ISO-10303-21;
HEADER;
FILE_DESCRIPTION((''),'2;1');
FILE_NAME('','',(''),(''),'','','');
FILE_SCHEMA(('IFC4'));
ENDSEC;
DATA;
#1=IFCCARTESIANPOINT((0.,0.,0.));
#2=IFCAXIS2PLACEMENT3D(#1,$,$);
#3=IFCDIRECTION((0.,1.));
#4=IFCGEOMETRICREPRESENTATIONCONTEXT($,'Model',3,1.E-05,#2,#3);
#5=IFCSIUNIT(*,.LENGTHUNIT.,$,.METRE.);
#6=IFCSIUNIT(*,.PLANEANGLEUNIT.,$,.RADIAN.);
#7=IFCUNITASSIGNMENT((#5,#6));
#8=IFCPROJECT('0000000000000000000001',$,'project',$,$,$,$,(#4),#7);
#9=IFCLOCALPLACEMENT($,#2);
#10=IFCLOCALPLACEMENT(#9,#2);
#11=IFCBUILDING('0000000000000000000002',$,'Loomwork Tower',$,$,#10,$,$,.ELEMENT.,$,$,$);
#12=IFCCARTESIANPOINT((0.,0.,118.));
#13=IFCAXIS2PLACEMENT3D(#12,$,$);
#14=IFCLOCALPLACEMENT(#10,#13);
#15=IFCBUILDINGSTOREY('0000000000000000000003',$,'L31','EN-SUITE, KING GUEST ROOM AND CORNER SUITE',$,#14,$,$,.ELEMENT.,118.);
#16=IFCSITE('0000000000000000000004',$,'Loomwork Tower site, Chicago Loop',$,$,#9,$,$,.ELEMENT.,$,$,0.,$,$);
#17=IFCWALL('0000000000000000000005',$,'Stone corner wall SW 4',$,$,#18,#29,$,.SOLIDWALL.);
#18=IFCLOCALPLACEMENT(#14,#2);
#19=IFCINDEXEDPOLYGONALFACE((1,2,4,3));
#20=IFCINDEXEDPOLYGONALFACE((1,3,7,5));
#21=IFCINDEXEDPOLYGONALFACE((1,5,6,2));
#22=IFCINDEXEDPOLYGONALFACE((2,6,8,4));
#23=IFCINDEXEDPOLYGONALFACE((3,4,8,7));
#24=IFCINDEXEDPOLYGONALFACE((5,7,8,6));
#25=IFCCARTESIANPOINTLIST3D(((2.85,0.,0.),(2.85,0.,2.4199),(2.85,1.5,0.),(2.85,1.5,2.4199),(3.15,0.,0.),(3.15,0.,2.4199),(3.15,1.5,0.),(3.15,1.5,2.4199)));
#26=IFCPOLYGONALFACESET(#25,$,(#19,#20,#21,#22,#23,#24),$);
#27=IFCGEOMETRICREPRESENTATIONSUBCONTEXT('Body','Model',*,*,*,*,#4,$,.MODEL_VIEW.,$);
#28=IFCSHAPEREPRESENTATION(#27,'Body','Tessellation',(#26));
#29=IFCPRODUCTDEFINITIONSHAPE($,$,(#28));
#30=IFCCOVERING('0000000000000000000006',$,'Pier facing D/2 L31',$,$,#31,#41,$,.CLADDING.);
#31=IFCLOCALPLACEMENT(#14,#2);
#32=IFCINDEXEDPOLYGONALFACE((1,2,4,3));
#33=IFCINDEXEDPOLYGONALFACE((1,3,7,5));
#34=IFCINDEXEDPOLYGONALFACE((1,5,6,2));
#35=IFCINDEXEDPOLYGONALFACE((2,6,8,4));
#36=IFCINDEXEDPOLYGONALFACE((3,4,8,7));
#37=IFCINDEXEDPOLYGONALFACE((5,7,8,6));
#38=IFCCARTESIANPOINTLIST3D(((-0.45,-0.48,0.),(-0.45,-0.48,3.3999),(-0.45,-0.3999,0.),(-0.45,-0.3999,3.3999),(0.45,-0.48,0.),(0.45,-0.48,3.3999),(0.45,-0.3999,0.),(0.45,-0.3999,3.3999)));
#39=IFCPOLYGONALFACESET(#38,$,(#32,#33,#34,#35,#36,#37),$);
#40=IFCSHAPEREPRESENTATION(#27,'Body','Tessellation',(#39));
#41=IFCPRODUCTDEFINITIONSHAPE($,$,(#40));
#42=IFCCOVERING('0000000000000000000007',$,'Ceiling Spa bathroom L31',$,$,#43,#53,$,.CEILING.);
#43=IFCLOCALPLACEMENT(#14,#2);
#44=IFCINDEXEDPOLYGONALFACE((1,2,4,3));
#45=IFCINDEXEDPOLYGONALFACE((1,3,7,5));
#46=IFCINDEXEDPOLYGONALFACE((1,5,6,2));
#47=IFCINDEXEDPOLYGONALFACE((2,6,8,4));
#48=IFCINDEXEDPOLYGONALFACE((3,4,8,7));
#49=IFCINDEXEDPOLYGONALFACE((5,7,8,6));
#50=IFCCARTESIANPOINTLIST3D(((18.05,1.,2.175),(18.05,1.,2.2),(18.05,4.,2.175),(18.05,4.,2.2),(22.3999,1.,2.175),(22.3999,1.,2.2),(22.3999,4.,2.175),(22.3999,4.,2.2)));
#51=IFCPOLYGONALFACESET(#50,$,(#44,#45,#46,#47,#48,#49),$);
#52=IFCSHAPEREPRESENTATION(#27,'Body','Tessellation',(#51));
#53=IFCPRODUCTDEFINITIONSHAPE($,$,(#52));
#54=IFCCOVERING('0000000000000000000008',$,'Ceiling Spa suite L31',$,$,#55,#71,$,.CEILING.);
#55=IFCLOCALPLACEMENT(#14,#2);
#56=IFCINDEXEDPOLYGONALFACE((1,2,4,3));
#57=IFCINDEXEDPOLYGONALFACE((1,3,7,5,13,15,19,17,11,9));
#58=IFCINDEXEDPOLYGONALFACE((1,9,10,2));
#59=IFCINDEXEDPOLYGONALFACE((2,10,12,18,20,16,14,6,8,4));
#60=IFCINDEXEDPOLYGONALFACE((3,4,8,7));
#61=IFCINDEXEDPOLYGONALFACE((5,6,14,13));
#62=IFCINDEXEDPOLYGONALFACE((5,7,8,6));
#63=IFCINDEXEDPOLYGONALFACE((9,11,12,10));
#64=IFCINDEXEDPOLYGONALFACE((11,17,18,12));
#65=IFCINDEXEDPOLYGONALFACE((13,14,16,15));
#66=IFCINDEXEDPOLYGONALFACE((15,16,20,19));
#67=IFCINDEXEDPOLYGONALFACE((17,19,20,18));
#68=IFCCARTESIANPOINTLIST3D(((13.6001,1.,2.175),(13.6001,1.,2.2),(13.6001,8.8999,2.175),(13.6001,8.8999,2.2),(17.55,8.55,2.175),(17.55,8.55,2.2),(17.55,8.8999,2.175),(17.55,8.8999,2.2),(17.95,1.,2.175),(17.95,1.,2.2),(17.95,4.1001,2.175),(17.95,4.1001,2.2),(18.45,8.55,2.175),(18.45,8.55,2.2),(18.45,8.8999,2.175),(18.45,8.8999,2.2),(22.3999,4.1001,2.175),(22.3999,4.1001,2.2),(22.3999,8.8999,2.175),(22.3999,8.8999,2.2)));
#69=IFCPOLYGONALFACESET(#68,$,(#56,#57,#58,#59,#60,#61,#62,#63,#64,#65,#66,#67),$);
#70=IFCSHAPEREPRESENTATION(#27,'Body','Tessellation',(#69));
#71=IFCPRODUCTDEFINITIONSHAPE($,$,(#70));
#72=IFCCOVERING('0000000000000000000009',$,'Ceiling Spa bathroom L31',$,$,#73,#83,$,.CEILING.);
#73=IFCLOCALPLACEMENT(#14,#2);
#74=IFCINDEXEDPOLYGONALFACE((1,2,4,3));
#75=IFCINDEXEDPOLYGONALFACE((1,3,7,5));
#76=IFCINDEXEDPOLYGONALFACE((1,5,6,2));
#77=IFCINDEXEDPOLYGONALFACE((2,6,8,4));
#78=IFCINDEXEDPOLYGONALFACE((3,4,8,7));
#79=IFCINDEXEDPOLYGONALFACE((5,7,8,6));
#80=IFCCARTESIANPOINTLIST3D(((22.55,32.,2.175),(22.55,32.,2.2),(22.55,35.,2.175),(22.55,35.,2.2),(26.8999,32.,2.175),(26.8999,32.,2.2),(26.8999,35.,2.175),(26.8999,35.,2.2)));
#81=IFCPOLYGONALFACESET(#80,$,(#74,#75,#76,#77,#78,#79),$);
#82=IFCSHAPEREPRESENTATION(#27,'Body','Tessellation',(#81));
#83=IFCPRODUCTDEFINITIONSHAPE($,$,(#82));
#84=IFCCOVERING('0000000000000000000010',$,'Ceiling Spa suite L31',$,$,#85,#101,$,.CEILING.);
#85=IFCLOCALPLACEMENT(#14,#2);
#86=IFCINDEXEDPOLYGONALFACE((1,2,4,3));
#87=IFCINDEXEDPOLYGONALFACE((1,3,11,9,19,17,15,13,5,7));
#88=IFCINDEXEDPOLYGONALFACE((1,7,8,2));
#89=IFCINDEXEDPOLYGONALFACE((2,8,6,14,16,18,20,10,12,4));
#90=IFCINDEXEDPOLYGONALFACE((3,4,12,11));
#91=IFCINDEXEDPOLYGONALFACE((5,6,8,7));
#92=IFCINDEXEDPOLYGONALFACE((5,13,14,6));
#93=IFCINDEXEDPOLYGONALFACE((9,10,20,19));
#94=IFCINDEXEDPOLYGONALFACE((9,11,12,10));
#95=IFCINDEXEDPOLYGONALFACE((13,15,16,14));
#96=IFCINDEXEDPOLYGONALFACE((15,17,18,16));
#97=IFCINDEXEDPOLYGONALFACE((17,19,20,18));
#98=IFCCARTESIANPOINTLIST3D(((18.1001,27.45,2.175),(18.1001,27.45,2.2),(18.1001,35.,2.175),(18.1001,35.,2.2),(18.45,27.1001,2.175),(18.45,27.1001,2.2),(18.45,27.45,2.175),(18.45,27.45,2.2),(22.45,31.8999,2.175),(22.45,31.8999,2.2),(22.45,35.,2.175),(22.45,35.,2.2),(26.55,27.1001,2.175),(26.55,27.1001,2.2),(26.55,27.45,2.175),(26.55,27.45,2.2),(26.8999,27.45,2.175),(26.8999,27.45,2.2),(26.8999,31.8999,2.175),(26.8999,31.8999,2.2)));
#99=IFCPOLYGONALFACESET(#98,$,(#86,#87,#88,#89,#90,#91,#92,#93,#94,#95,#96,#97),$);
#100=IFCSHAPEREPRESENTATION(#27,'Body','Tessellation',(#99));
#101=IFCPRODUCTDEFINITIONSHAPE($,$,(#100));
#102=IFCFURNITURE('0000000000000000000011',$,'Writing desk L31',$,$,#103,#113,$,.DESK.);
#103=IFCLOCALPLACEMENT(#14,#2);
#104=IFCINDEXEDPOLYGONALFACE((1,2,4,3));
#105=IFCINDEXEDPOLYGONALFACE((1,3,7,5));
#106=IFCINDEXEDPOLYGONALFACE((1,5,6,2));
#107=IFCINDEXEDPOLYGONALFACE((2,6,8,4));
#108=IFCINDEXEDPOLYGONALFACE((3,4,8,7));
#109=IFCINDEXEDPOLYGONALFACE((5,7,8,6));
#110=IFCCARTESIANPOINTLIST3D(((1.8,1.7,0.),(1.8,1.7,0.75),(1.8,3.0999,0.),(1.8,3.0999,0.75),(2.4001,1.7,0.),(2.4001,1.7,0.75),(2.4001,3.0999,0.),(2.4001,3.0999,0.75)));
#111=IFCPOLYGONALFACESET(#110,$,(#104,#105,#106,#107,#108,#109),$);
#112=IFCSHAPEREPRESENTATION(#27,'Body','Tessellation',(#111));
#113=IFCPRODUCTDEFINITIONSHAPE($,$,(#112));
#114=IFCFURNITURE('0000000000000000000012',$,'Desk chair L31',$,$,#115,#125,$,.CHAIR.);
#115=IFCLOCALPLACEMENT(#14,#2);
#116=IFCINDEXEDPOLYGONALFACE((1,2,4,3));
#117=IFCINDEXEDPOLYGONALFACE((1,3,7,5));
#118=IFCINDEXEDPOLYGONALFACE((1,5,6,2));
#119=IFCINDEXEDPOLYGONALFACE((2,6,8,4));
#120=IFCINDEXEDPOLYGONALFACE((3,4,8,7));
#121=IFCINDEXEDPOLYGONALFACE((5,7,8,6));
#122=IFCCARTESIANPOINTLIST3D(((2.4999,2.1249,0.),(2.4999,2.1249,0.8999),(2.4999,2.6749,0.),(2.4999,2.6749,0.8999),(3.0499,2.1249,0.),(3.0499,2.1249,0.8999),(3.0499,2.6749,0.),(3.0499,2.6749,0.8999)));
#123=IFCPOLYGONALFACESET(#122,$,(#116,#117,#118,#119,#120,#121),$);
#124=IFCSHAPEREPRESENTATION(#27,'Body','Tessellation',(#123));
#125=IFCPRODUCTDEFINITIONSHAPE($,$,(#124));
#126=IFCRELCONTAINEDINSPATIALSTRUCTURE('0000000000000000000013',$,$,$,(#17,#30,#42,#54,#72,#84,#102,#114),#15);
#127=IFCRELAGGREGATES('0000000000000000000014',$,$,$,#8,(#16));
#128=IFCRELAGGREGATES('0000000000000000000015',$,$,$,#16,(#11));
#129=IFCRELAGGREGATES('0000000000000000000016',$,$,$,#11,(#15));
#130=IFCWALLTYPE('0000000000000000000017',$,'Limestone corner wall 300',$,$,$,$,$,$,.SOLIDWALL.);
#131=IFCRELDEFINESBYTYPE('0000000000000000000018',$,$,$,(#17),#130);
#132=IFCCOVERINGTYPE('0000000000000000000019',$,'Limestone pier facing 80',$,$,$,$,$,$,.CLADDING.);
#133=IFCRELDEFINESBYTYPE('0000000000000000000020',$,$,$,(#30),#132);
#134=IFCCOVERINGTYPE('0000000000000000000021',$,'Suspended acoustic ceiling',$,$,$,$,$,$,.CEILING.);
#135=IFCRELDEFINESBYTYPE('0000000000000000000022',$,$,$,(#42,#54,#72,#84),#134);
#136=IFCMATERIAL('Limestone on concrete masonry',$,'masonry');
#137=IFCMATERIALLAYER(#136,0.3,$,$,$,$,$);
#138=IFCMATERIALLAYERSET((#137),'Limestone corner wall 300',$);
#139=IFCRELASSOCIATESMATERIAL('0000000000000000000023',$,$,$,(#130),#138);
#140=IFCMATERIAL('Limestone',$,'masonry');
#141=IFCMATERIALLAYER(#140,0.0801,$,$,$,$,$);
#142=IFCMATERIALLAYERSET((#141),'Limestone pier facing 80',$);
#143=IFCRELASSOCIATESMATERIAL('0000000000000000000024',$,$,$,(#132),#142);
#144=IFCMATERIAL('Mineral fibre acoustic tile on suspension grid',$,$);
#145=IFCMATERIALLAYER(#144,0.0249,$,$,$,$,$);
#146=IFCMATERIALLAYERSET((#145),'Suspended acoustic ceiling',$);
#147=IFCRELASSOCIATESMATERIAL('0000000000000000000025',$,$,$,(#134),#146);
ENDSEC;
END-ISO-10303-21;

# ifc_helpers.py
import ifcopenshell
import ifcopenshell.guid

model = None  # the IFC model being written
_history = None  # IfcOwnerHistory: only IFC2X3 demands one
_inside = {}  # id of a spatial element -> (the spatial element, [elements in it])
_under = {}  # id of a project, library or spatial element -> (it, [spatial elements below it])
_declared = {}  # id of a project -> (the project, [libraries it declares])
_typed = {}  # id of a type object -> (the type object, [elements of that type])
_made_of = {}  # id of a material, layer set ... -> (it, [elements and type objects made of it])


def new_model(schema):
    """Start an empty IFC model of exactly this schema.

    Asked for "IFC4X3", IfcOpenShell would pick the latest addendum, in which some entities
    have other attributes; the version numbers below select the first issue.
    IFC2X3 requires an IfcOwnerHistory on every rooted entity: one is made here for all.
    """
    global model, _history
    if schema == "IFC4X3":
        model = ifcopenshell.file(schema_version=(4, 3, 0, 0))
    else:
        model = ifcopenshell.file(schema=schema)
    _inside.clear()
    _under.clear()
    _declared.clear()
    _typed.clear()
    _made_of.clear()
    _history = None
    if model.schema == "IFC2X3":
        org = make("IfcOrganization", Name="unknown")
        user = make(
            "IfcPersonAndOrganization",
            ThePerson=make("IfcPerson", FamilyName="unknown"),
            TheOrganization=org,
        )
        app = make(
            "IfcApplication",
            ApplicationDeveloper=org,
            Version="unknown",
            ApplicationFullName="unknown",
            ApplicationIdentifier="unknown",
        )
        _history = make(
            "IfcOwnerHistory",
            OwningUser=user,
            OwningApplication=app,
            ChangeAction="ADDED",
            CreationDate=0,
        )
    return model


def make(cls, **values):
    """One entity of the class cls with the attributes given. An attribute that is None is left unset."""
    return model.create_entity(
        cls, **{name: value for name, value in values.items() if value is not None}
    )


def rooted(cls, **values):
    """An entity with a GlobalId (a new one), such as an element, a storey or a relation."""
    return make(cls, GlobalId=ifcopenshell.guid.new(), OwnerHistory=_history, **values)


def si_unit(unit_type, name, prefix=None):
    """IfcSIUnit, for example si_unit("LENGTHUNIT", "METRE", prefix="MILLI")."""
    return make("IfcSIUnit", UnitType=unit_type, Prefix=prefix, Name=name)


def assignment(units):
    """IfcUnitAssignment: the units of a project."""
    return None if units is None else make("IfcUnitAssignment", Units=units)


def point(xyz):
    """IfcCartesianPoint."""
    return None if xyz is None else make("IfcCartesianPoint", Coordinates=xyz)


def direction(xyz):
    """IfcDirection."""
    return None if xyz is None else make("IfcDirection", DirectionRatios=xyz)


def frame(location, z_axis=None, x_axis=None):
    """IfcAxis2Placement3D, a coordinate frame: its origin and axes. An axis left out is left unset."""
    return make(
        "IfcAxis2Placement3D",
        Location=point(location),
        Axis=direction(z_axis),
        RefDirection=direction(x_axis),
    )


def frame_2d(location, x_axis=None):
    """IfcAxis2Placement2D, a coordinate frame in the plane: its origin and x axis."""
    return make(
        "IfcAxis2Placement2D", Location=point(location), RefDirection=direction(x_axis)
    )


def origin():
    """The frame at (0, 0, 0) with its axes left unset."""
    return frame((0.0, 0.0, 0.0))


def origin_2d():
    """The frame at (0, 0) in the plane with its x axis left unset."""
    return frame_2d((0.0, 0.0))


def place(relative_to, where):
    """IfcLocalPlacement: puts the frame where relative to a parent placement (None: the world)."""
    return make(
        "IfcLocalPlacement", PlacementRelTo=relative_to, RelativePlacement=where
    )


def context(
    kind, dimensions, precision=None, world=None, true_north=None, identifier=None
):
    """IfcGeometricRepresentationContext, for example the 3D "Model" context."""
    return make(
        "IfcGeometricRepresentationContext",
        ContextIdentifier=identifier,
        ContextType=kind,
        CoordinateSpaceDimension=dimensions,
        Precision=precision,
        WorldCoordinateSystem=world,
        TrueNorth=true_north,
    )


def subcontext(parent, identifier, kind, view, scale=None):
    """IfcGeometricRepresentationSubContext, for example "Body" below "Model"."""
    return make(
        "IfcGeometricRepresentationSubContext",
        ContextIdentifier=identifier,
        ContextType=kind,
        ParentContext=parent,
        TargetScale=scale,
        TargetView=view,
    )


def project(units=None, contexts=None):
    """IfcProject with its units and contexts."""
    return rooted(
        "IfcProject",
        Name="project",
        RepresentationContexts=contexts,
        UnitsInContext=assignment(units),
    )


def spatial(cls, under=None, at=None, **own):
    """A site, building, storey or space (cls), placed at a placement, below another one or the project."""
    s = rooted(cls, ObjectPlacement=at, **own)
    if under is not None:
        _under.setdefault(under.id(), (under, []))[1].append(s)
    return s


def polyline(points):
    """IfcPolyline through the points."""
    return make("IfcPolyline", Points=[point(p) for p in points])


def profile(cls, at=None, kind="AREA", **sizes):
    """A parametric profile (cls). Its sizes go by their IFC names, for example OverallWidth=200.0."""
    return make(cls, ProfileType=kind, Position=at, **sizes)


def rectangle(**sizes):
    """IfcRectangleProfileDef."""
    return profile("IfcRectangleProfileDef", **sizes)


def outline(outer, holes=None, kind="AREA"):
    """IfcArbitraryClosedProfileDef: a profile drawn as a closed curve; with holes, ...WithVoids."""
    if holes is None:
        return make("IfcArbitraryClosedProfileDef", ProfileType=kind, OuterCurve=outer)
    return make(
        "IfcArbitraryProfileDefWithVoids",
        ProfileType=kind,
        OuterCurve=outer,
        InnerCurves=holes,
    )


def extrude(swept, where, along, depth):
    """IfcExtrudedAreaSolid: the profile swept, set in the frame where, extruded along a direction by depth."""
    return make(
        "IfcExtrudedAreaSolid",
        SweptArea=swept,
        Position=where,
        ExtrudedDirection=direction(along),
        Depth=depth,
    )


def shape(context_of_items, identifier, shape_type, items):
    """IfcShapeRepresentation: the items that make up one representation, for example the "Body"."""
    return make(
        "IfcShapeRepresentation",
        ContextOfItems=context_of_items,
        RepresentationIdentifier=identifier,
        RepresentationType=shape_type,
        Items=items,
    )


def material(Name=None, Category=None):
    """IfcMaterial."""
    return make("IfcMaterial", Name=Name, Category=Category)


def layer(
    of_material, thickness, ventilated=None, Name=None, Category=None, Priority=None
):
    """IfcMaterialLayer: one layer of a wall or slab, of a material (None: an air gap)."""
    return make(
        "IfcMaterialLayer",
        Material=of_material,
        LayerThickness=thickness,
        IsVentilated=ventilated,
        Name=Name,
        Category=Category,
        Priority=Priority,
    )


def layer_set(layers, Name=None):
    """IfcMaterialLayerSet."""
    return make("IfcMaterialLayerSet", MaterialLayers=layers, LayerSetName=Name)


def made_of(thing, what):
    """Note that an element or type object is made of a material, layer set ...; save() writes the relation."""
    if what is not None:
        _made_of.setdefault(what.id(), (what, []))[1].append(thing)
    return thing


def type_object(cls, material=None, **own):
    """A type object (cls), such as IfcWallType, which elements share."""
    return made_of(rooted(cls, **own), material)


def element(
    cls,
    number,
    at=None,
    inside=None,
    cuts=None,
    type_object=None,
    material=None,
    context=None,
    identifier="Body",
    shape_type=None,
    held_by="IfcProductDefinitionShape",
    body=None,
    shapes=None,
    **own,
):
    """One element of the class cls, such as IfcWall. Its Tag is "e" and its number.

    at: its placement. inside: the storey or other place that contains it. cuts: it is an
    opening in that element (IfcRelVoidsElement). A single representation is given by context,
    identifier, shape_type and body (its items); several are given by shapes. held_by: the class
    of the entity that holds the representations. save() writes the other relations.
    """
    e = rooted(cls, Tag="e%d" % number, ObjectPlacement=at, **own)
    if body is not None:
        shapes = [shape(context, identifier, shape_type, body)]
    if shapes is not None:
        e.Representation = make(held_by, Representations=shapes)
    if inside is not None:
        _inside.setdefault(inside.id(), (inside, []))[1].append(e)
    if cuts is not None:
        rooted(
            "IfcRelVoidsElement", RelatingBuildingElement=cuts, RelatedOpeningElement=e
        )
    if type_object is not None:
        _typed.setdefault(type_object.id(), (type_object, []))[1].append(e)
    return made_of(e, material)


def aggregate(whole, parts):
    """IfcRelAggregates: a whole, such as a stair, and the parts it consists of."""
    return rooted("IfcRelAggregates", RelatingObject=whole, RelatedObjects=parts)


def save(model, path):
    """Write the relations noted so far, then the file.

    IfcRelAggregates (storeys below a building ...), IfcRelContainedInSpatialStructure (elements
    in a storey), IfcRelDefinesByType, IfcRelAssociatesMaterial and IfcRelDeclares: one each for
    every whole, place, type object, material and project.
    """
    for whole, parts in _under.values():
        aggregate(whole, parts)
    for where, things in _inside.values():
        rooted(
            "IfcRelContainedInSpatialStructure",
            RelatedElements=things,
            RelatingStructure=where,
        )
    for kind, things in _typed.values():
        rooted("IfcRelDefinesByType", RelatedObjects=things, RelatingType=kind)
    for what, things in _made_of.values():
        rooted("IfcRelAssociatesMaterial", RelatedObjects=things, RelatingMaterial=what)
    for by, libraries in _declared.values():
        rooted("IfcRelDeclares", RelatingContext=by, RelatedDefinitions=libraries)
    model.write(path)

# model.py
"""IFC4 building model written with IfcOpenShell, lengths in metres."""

from ifc_helpers import new_model, si_unit, direction, frame, frame_2d, origin, origin_2d, place, context, subcontext, project, spatial, polyline, rectangle, outline, extrude, material, layer, layer_set, type_object, element, save


model = new_model("IFC4")

# Units and contexts
model_context = context("Model", 3, precision=1e-05, world=origin(), true_north=direction((0.0, 1.0)))
body_context = subcontext(model_context, "Body", "Model", "MODEL_VIEW")
ifc_project = project(units=[si_unit("LENGTHUNIT", "METRE"), si_unit("PLANEANGLEUNIT", "RADIAN")], contexts=[model_context])

# Site, building, storey
site_placement = place(None, origin())
site = spatial("IfcSite", under=ifc_project, at=site_placement, Name="Loomwork Tower site, Chicago Loop", CompositionType="ELEMENT", RefElevation=0.0)
building_placement = place(site_placement, origin())
building = spatial("IfcBuilding", under=site, at=building_placement, Name="Loomwork Tower", CompositionType="ELEMENT")
storey_placement = place(building_placement, frame((0.0, 0.0, 118.0)))
storey = spatial("IfcBuildingStorey", under=building, at=storey_placement, Name="L31", Description="EN-SUITE, KING GUEST ROOM AND CORNER SUITE", CompositionType="ELEMENT", Elevation=118.0)

# Shared definitions
ifc_material_1 = material(Name="Limestone on concrete masonry", Category="masonry")
ifc_layer_1 = layer(ifc_material_1, 0.3)
ifc_layer_set_1 = layer_set([ifc_layer_1], Name="Limestone corner wall 300")
wall_type_1 = type_object("IfcWallType", Name="Limestone corner wall 300", PredefinedType="SOLIDWALL", material=ifc_layer_set_1)

# Wall
wall_1_placement = place(storey_placement, frame((3.0, 1.5, 0.0), z_axis=(0.0, 0.0, 1.0), x_axis=(0.0, -1.0, 0.0)))
element("IfcWall", 1, at=wall_1_placement, inside=storey, type_object=wall_type_1, Name="Stone corner wall SW 4", PredefinedType="SOLIDWALL", context=body_context, shape_type="SweptSolid", body=[
    extrude(rectangle(XDim=1.5, YDim=0.3, at=frame_2d((0.75, 0.0))), origin(), (0.0, 0.0, 1.0), 2.4199),
])

# Coverings
ifc_material_2 = material(Name="Limestone", Category="masonry")
ifc_layer_2 = layer(ifc_material_2, 0.0801)
ifc_layer_set_2 = layer_set([ifc_layer_2], Name="Limestone pier facing 80")
covering_type_1 = type_object("IfcCoveringType", Name="Limestone pier facing 80", PredefinedType="CLADDING", material=ifc_layer_set_2)
covering_1_placement = place(storey_placement, frame((0.0, -0.4399, 0.0), z_axis=(0.0, 0.0, 1.0), x_axis=(1.0, 0.0, 0.0)))
element("IfcCovering", 2, at=covering_1_placement, inside=storey, type_object=covering_type_1, Name="Pier facing D/2 L31", PredefinedType="CLADDING", context=body_context, shape_type="SweptSolid", body=[
    extrude(rectangle(XDim=0.8999, YDim=0.0801, at=origin_2d()), origin(), (0.0, 0.0, 1.0), 3.3999),
])
ifc_material_3 = material(Name="Mineral fibre acoustic tile on suspension grid")
ifc_layer_3 = layer(ifc_material_3, 0.0249)
ifc_layer_set_3 = layer_set([ifc_layer_3], Name="Suspended acoustic ceiling")
covering_type_2 = type_object("IfcCoveringType", Name="Suspended acoustic ceiling", PredefinedType="CEILING", material=ifc_layer_set_3)
covering_2_placement = place(storey_placement, frame((0.0, 0.0, 2.175)))
element("IfcCovering", 3, at=covering_2_placement, inside=storey, type_object=covering_type_2, Name="Ceiling Spa bathroom L31", PredefinedType="CEILING", context=body_context, shape_type="SweptSolid", body=[
    extrude(outline(polyline([(22.3999, 4.0), (22.3999, 1.0), (18.05, 1.0), (18.05, 4.0), (22.3999, 4.0)])), origin(), (0.0, 0.0, 1.0), 0.0249),
])
covering_3_placement = place(storey_placement, frame((0.0, 0.0, 2.175)))
element("IfcCovering", 4, at=covering_3_placement, inside=storey, type_object=covering_type_2, Name="Ceiling Spa suite L31", PredefinedType="CEILING", context=body_context, shape_type="SweptSolid", body=[
    extrude(outline(polyline([(17.55, 8.8999), (17.55, 8.55), (18.45, 8.55), (18.45, 8.8999), (22.3999, 8.8999), (22.3999, 4.1001), (17.95, 4.1001), (17.95, 1.0), (13.6001, 1.0), (13.6001, 8.8999), (17.55, 8.8999)])), origin(), (0.0, 0.0, 1.0), 0.0249),
])
covering_4_placement = place(storey_placement, frame((0.0, 0.0, 2.175)))
element("IfcCovering", 5, at=covering_4_placement, inside=storey, type_object=covering_type_2, Name="Ceiling Spa bathroom L31", PredefinedType="CEILING", context=body_context, shape_type="SweptSolid", body=[
    extrude(outline(polyline([(22.55, 35.0), (26.8999, 35.0), (26.8999, 32.0), (22.55, 32.0), (22.55, 35.0)])), origin(), (0.0, 0.0, 1.0), 0.0249),
])
covering_5_placement = place(storey_placement, frame((0.0, 0.0, 2.175)))
element("IfcCovering", 6, at=covering_5_placement, inside=storey, type_object=covering_type_2, Name="Ceiling Spa suite L31", PredefinedType="CEILING", context=body_context, shape_type="SweptSolid", body=[
    extrude(outline(polyline([(18.1001, 35.0), (22.45, 35.0), (22.45, 31.8999), (26.8999, 31.8999), (26.8999, 27.45), (26.55, 27.45), (26.55, 27.1001), (18.45, 27.1001), (18.45, 27.45), (18.1001, 27.45), (18.1001, 35.0)])), origin(), (0.0, 0.0, 1.0), 0.0249),
])

# Furniture
furniture_1_placement = place(storey_placement, frame((2.1001, 2.3999, 0.0), z_axis=(0.0, 0.0, 1.0), x_axis=(1.0, 0.0, 0.0)))
element("IfcFurniture", 7, at=furniture_1_placement, inside=storey, Name="Writing desk L31", PredefinedType="DESK", context=body_context, shape_type="SweptSolid", body=[
    extrude(rectangle(XDim=0.6001, YDim=1.3999, at=origin_2d()), origin(), (0.0, 0.0, 1.0), 0.75),
])
furniture_2_placement = place(storey_placement, frame((2.7749, 2.3999, 0.0), z_axis=(0.0, 0.0, 1.0), x_axis=(1.0, 0.0, 0.0)))
element("IfcFurniture", 8, at=furniture_2_placement, inside=storey, Name="Desk chair L31", PredefinedType="CHAIR", context=body_context, shape_type="SweptSolid", body=[
    extrude(rectangle(XDim=0.55, YDim=0.55, at=origin_2d()), origin(), (0.0, 0.0, 1.0), 0.8999),
])

save(model, "model.ifc")
